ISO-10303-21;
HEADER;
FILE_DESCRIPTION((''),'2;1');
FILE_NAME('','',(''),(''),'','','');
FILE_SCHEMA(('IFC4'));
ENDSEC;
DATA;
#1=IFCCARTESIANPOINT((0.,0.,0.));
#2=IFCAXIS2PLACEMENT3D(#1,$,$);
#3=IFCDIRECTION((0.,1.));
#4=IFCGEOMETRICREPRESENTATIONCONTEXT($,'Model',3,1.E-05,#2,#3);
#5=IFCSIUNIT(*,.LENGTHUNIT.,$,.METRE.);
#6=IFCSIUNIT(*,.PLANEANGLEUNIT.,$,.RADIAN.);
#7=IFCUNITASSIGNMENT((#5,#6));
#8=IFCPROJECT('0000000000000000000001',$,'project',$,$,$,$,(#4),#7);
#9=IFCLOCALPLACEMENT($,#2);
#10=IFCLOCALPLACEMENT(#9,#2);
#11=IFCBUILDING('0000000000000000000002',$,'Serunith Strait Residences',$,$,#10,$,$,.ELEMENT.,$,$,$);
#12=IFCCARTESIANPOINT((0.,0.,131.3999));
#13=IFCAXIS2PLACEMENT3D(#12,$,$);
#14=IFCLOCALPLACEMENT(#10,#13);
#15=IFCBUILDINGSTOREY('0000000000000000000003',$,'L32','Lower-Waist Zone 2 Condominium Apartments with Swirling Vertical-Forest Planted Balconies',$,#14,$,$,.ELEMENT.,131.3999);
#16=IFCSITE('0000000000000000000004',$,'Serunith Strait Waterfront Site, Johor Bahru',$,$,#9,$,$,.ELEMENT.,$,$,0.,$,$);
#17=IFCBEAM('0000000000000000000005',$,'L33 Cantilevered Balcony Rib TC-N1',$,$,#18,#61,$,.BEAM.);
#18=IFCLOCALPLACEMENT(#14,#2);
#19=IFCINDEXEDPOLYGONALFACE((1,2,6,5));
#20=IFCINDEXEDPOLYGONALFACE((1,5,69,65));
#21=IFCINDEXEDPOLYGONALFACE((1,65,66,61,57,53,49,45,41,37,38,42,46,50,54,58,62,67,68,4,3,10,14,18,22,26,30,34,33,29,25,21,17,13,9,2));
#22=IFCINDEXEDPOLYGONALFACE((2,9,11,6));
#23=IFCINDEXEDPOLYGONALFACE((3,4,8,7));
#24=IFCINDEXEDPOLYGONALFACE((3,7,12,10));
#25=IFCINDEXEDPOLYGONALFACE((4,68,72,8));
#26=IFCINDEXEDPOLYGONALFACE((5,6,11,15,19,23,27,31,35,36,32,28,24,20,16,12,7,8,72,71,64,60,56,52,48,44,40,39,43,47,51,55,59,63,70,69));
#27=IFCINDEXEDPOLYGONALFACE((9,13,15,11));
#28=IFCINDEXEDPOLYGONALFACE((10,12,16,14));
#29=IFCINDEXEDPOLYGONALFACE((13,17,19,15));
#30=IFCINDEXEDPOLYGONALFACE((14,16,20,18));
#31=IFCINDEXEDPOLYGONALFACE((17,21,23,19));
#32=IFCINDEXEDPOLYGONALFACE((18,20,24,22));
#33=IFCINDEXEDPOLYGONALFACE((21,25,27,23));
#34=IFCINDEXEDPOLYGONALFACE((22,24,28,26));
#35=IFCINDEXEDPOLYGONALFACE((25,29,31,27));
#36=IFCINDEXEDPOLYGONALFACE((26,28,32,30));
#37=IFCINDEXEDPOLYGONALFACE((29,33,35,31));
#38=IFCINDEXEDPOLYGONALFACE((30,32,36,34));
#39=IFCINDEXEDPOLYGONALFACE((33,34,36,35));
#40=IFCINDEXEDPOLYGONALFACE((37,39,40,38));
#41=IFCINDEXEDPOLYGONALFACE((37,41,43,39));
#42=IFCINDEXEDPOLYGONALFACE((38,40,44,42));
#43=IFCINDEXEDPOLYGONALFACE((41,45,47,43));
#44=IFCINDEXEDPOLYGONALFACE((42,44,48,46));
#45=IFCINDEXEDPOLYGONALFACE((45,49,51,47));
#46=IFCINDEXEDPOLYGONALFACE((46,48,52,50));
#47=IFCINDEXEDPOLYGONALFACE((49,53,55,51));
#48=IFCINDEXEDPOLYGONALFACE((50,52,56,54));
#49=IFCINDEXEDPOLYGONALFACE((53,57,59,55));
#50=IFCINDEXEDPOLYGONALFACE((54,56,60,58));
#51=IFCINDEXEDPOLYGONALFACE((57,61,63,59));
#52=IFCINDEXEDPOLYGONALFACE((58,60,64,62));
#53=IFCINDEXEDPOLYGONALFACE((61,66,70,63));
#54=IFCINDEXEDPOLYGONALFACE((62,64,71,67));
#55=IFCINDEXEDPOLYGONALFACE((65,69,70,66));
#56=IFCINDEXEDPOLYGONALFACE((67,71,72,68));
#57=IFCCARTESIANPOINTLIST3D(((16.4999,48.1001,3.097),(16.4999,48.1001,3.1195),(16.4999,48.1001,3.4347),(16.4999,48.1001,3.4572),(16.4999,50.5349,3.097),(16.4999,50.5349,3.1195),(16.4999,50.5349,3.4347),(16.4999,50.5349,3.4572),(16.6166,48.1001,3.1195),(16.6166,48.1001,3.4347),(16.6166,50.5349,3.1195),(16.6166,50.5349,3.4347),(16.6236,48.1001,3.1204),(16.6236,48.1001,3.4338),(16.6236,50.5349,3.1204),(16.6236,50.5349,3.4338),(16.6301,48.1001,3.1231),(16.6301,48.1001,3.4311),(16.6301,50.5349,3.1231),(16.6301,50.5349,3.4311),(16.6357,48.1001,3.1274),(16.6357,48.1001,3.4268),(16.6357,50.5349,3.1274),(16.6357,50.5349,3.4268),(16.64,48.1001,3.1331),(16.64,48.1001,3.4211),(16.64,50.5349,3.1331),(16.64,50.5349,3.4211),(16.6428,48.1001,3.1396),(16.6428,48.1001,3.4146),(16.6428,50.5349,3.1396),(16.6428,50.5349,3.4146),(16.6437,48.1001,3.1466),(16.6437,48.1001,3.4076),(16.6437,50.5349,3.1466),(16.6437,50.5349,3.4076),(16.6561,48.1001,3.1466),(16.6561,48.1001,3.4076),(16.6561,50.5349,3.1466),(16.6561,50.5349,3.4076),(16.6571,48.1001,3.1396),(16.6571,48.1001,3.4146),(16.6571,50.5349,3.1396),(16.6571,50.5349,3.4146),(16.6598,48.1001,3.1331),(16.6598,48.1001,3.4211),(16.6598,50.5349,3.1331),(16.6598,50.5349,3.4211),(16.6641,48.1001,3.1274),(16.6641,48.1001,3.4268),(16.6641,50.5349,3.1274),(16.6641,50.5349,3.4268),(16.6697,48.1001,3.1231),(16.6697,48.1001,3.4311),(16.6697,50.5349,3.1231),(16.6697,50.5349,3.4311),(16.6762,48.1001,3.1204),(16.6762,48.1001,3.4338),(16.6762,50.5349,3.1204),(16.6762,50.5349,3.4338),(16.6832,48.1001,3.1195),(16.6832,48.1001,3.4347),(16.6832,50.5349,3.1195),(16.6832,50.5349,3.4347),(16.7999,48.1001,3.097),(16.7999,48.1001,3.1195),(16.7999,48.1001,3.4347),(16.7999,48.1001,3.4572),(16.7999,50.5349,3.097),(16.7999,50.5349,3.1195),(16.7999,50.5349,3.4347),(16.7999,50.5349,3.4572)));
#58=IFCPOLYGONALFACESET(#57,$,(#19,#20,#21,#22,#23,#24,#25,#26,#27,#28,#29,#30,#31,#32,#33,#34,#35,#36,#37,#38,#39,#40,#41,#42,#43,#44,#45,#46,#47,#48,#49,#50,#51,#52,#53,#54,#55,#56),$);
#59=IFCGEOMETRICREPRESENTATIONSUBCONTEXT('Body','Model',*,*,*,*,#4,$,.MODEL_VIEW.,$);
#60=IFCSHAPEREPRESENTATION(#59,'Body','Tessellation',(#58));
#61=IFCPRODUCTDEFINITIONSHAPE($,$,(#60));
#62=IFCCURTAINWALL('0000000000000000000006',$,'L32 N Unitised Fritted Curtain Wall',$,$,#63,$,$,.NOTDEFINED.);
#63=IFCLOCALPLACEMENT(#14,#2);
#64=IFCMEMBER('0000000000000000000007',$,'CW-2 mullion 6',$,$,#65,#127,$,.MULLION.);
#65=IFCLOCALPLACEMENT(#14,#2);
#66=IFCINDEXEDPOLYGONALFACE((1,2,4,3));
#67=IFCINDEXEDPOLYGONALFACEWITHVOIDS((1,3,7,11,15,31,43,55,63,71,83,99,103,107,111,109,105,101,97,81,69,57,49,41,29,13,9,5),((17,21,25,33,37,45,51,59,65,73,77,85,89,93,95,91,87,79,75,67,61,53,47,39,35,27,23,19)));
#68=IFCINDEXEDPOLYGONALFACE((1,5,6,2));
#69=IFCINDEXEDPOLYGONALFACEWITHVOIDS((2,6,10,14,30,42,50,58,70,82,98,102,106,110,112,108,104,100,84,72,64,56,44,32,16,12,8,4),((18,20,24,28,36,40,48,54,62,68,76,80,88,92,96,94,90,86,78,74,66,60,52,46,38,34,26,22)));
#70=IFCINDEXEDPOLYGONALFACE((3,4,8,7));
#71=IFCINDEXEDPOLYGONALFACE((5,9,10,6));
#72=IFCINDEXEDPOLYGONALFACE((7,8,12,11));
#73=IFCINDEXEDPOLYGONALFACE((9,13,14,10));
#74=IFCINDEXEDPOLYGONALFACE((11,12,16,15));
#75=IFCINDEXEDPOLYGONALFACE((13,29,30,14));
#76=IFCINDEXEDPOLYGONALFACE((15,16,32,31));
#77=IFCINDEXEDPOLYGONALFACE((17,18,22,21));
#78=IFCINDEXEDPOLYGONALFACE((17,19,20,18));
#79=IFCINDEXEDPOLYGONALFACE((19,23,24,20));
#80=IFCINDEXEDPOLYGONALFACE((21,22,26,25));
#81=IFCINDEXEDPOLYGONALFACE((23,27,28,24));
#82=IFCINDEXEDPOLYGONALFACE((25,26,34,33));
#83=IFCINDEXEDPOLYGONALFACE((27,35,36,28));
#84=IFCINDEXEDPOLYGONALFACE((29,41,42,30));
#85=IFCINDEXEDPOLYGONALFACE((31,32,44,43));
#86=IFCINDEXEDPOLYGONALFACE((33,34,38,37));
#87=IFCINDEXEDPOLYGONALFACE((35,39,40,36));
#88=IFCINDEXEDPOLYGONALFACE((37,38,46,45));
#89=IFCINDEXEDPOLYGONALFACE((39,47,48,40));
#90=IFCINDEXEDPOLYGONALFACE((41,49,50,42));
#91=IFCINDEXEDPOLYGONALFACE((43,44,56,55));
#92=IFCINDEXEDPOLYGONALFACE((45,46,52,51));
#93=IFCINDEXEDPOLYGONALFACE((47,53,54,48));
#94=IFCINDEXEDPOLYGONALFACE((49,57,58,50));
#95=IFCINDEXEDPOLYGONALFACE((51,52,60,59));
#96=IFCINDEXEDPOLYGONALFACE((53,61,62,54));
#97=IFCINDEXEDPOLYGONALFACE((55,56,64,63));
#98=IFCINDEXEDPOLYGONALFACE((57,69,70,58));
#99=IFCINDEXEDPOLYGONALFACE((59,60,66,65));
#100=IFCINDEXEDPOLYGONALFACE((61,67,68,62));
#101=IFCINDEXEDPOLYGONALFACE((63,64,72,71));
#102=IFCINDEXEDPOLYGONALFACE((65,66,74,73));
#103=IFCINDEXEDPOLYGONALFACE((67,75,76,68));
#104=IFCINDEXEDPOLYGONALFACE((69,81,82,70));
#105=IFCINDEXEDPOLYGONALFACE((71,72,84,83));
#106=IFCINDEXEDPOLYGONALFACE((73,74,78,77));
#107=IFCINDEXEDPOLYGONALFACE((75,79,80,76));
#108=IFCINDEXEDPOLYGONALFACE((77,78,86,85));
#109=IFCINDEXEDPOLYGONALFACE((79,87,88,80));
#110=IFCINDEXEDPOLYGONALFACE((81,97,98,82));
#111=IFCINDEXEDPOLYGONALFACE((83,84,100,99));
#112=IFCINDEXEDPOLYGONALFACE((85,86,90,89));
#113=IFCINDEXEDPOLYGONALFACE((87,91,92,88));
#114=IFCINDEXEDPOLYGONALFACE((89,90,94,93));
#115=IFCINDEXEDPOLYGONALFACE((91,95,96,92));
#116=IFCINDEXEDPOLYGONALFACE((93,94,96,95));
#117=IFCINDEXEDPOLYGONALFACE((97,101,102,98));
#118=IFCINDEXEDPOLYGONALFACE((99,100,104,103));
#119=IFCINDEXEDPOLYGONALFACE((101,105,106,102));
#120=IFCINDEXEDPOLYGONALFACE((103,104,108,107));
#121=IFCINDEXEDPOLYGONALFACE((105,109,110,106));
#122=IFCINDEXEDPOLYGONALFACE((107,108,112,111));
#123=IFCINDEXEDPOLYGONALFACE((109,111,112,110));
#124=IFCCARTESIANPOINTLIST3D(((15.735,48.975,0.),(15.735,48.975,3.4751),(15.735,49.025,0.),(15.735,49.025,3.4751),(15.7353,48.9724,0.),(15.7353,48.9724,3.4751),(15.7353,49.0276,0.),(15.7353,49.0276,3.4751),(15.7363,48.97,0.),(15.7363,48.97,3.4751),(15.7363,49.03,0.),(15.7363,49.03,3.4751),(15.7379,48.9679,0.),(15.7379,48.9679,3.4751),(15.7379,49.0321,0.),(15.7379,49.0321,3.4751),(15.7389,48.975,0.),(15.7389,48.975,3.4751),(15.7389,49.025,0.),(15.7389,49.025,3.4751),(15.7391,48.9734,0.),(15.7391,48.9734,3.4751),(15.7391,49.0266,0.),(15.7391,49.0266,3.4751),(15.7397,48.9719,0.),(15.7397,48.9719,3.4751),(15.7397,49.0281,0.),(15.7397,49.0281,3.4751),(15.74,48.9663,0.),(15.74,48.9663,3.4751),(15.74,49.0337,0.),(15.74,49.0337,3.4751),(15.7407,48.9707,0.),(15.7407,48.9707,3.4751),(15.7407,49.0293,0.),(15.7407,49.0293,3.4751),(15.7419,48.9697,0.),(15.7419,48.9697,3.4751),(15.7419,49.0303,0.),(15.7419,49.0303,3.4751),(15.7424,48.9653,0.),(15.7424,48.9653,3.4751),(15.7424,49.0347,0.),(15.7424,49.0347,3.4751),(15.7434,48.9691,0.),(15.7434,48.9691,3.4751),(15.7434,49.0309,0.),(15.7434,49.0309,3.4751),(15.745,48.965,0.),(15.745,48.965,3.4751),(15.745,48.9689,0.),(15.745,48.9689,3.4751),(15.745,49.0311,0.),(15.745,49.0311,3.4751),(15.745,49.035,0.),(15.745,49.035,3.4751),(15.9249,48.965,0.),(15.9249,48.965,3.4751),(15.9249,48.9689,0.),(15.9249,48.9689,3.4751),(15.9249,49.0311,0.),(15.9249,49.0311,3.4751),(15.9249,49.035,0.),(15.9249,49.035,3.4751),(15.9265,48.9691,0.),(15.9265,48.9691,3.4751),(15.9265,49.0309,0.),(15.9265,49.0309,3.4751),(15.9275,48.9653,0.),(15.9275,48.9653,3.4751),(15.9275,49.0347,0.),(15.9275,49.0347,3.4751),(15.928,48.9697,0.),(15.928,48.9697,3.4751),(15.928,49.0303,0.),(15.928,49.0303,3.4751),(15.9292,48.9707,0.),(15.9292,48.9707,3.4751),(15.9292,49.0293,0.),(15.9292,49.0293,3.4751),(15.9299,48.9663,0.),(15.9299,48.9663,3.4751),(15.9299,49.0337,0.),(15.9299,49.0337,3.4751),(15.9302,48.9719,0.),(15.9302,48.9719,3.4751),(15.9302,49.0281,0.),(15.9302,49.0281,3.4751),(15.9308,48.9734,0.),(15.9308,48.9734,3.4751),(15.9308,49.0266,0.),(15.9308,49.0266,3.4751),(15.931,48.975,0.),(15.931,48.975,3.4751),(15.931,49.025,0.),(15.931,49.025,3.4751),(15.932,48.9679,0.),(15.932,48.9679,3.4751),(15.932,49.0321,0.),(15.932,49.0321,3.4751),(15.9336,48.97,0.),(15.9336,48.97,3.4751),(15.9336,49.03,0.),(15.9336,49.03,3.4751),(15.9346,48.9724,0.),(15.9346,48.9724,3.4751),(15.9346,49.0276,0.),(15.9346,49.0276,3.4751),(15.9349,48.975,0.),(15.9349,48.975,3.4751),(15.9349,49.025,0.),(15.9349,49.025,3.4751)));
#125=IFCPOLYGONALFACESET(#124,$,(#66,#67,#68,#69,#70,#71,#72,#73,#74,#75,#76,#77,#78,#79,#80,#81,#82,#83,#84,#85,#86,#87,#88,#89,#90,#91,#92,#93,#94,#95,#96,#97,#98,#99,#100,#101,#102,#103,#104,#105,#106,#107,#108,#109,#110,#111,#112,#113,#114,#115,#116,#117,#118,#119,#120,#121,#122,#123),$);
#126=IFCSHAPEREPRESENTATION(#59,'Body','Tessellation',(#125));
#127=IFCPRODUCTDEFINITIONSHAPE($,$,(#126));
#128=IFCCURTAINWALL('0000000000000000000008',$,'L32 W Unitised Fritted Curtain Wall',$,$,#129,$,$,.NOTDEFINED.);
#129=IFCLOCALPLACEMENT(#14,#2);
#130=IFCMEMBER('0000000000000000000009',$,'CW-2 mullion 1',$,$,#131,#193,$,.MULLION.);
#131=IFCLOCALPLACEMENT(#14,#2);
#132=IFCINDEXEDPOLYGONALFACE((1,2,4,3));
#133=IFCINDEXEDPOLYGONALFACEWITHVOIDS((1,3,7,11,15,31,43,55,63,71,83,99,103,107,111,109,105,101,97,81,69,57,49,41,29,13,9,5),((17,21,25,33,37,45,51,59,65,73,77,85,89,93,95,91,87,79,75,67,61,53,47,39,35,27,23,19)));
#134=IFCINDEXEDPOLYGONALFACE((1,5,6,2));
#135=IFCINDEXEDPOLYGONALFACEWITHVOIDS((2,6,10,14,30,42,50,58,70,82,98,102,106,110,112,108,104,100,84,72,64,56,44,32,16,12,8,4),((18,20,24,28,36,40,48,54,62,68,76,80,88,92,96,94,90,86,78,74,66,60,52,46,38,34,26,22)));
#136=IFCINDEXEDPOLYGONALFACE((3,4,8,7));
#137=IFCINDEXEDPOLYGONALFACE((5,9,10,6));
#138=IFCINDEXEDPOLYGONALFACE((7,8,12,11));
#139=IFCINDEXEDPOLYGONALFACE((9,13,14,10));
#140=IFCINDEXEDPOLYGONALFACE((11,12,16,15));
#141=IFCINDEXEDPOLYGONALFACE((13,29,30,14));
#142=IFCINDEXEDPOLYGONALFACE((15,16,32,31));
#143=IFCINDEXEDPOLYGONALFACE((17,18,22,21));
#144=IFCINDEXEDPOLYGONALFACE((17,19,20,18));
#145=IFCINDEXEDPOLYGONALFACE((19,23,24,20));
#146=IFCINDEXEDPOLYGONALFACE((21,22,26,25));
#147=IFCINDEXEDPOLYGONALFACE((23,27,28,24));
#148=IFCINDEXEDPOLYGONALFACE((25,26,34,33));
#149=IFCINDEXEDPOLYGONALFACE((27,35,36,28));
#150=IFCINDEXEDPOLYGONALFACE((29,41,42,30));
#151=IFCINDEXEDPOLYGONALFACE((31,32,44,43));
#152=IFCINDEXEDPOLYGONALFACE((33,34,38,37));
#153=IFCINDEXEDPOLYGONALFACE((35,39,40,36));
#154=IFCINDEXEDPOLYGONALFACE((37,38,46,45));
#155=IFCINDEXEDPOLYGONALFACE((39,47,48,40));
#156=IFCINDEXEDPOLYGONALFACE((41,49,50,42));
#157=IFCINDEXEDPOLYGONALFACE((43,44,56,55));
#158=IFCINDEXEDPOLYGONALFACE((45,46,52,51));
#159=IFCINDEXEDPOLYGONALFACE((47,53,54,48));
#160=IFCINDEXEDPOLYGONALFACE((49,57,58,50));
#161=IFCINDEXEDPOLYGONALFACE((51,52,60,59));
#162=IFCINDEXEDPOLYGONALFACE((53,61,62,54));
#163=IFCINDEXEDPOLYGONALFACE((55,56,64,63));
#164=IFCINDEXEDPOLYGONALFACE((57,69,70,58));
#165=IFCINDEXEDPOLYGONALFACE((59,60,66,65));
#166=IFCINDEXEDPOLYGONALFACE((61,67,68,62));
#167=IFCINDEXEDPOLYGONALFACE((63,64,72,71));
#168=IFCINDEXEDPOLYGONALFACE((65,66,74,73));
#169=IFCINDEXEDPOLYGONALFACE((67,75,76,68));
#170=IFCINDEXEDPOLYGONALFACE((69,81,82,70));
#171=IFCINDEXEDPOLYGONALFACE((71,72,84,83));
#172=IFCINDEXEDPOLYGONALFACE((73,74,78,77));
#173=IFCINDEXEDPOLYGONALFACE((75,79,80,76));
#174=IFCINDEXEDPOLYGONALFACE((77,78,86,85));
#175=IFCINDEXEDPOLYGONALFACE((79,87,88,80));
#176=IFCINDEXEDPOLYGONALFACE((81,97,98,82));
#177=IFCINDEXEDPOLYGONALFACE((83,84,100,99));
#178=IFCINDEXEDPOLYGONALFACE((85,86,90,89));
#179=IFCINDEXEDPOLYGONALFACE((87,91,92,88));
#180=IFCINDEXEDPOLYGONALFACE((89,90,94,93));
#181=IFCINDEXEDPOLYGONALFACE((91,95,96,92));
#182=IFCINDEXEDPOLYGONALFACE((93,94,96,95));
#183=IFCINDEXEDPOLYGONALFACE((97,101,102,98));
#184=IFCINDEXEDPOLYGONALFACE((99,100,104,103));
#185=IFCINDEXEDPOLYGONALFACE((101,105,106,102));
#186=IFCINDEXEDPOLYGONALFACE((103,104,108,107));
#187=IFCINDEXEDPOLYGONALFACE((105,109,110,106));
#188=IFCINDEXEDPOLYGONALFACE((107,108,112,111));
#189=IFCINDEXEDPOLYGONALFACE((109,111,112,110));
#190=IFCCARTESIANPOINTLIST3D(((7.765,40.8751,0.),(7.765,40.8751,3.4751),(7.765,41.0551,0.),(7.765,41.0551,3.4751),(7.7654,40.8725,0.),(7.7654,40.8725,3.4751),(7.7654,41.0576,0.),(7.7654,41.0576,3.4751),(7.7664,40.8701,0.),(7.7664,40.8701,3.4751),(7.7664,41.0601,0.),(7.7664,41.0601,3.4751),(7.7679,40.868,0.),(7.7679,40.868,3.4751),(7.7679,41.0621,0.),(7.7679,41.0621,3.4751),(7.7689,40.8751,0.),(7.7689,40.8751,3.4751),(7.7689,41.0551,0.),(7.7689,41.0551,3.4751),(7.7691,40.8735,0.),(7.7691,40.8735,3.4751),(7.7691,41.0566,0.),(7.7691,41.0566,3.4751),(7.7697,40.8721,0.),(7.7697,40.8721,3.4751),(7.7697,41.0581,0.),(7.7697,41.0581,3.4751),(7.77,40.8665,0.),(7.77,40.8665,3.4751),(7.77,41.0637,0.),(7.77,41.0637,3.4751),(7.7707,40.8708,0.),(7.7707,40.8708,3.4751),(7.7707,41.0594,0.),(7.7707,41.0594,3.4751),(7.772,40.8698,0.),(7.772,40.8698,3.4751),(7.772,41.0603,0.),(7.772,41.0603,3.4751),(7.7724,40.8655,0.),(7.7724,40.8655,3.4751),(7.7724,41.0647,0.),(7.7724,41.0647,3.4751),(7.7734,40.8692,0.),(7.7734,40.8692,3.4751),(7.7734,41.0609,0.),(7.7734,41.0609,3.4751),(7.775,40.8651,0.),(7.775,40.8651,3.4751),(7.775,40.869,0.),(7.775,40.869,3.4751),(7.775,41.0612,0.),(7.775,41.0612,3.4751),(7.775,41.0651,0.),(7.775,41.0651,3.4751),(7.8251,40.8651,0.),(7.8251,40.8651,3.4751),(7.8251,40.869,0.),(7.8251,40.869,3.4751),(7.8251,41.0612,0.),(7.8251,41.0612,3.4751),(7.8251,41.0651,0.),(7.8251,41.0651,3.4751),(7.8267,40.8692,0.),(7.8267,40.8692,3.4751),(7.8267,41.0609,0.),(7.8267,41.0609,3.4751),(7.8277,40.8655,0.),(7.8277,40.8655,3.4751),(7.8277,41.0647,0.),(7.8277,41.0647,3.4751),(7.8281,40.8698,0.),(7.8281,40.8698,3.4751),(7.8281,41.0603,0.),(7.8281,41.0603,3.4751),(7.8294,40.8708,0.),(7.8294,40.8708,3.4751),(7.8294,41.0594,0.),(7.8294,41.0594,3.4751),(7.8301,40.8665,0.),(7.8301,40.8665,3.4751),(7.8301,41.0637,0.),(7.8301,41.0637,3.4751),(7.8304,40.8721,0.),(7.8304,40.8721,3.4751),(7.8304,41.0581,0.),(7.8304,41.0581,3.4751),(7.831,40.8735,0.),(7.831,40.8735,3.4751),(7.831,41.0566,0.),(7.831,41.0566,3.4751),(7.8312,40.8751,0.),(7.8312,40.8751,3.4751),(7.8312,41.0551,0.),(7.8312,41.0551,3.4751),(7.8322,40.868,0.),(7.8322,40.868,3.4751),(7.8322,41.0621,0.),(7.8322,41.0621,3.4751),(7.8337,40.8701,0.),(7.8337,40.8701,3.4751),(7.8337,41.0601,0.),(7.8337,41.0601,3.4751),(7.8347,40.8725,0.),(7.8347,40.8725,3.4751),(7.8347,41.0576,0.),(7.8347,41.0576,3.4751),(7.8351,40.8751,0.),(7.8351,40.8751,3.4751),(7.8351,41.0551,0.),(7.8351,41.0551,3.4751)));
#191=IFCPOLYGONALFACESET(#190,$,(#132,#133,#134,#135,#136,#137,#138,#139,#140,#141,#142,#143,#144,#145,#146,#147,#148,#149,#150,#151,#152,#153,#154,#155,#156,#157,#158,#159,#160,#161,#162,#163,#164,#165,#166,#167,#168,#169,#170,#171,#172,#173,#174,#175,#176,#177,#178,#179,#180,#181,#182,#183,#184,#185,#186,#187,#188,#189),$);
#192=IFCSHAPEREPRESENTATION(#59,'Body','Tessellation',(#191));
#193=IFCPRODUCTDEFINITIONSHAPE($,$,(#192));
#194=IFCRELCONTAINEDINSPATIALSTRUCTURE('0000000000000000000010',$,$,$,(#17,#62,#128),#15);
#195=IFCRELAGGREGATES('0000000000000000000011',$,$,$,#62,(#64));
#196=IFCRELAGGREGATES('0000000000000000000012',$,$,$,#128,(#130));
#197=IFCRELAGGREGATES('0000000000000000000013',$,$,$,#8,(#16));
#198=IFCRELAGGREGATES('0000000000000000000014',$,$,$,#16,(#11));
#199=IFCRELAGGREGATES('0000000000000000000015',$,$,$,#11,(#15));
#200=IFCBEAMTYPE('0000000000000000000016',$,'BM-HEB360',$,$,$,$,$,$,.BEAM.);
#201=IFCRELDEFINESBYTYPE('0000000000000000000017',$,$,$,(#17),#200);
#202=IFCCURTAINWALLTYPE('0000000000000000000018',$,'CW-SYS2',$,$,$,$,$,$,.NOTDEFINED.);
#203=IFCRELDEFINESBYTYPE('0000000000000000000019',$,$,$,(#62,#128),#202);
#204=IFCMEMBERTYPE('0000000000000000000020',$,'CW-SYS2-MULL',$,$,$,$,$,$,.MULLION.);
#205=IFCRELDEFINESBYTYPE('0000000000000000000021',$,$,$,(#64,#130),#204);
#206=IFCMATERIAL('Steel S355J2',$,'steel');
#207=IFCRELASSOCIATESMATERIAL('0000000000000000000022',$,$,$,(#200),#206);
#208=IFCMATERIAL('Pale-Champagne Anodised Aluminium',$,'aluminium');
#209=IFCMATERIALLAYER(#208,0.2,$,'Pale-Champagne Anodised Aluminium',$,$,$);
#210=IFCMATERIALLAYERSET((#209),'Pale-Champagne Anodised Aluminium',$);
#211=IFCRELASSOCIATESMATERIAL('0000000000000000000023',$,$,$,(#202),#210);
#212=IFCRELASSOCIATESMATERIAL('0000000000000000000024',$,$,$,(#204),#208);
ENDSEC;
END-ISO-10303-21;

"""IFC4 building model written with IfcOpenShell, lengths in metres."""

from ifc_helpers import new_model, si_unit, direction, frame, origin, origin_2d, place, context, subcontext, project, spatial, hollow_rectangle, i_section, extrude, source, transform, mapped, material, layer, layer_set, material_profile, profile_set, type_object, element, aggregate, save


model = new_model("IFC4")

# Units and contexts
model_context = context("Model", 3, precision=1e-05, world=origin(), true_north=direction((0.0, 1.0)))
body_context = subcontext(model_context, "Body", "Model", "MODEL_VIEW")
ifc_project = project(units=[si_unit("LENGTHUNIT", "METRE"), si_unit("PLANEANGLEUNIT", "RADIAN")], contexts=[model_context])

# Site, building, storey
site_placement = place(None, origin())
site = spatial("IfcSite", under=ifc_project, at=site_placement, Name="Serunith Strait Waterfront Site, Johor Bahru", CompositionType="ELEMENT", RefElevation=0.0)
building_placement = place(site_placement, origin())
building = spatial("IfcBuilding", under=site, at=building_placement, Name="Serunith Strait Residences", CompositionType="ELEMENT")
storey_placement = place(building_placement, frame((0.0, 0.0, 131.3999)))
storey = spatial("IfcBuildingStorey", under=building, at=storey_placement, Name="L32", Description="Lower-Waist Zone 2 Condominium Apartments with Swirling Vertical-Forest Planted Balconies", CompositionType="ELEMENT", Elevation=131.3999)

# Beam
ifc_material_1 = material(Name="Steel S355J2", Category="steel")
ifc_material_profile_1 = material_profile(ifc_material_1, i_section(OverallWidth=0.3, OverallDepth=0.3601, WebThickness=0.0125, FlangeThickness=0.0225, FilletRadius=0.0271, at=origin_2d()), Name="HEB 360")
ifc_profile_set_1 = profile_set([ifc_material_profile_1], Name="Steel S355J2")
beam_type_1 = type_object("IfcBeamType", Name="BM-HEB360", PredefinedType="BEAM", material=ifc_profile_set_1)
shared_shape_1 = source(origin(), body_context, "Body", "SweptSolid", [
    extrude(i_section(OverallWidth=0.3, OverallDepth=0.3601, WebThickness=0.0125, FlangeThickness=0.0225, FilletRadius=0.0271, at=origin_2d()), origin(), (0.0, 0.0, 1.0), 2.4348),
])
beam_1_placement = place(storey_placement, frame((16.6499, 48.1001, 3.2771), z_axis=(0.0, 1.0, 0.0), x_axis=(-1.0, 0.0, 0.0)))
element("IfcBeam", 1, at=beam_1_placement, inside=storey, type_object=beam_type_1, Name="L33 Cantilevered Balcony Rib TC-N1", PredefinedType="BEAM", context=body_context, shape_type="MappedRepresentation", body=[
    mapped(shared_shape_1, transform((0.0, 0.0, 0.0), scale=1.0)),
])

# Curtain wall, member
ifc_material_2 = material(Name="Pale-Champagne Anodised Aluminium", Category="aluminium")
ifc_layer_1 = layer(ifc_material_2, 0.2, Name="Pale-Champagne Anodised Aluminium")
ifc_layer_set_1 = layer_set([ifc_layer_1], Name="Pale-Champagne Anodised Aluminium")
curtain_wall_type = type_object("IfcCurtainWallType", Name="CW-SYS2", PredefinedType="NOTDEFINED", material=ifc_layer_set_1)
curtain_wall_1_placement = place(storey_placement, origin())
curtain_wall_1 = element("IfcCurtainWall", 2, at=curtain_wall_1_placement, inside=storey, type_object=curtain_wall_type, Name="L32 N Unitised Fritted Curtain Wall", PredefinedType="NOTDEFINED")
ifc_material_profile_2 = material_profile(ifc_material_2, hollow_rectangle(XDim=0.0701, YDim=0.2, WallThickness=0.0039, InnerFilletRadius=0.0061, OuterFilletRadius=0.01, at=origin_2d()), Name="ALU 200x70x4")
ifc_profile_set_2 = profile_set([ifc_material_profile_2], Name="Pale-Champagne Anodised Aluminium")
member_type_1 = type_object("IfcMemberType", Name="CW-SYS2-MULL", PredefinedType="MULLION", material=ifc_profile_set_2)
shared_shape_2 = source(origin(), body_context, "Body", "SweptSolid", [
    extrude(hollow_rectangle(XDim=0.0701, YDim=0.2, WallThickness=0.0039, InnerFilletRadius=0.0061, OuterFilletRadius=0.01, at=origin_2d()), origin(), (0.0, 0.0, 1.0), 3.4751),
])
member_1_placement = place(storey_placement, frame((15.835, 49.0, 0.0), z_axis=(0.0, 0.0, 1.0), x_axis=(0.0, -1.0, 0.0)))
member_1 = element("IfcMember", 3, at=member_1_placement, type_object=member_type_1, Name="CW-2 mullion 6", PredefinedType="MULLION", context=body_context, shape_type="MappedRepresentation", body=[
    mapped(shared_shape_2, transform((0.0, 0.0, 0.0), scale=1.0)),
])
aggregate(curtain_wall_1, [member_1])

# Curtain wall, member
curtain_wall_2_placement = place(storey_placement, origin())
curtain_wall_2 = element("IfcCurtainWall", 4, at=curtain_wall_2_placement, inside=storey, type_object=curtain_wall_type, Name="L32 W Unitised Fritted Curtain Wall", PredefinedType="NOTDEFINED")
member_2_placement = place(storey_placement, frame((7.8, 40.9651, 0.0), z_axis=(0.0, 0.0, 1.0), x_axis=(1.0, 0.0, 0.0)))
member_2 = element("IfcMember", 5, at=member_2_placement, type_object=member_type_1, Name="CW-2 mullion 1", PredefinedType="MULLION", context=body_context, shape_type="MappedRepresentation", body=[
    mapped(shared_shape_2, transform((0.0, 0.0, 0.0), scale=1.0)),
])
aggregate(curtain_wall_2, [member_2])

save(model, "model.ifc")
